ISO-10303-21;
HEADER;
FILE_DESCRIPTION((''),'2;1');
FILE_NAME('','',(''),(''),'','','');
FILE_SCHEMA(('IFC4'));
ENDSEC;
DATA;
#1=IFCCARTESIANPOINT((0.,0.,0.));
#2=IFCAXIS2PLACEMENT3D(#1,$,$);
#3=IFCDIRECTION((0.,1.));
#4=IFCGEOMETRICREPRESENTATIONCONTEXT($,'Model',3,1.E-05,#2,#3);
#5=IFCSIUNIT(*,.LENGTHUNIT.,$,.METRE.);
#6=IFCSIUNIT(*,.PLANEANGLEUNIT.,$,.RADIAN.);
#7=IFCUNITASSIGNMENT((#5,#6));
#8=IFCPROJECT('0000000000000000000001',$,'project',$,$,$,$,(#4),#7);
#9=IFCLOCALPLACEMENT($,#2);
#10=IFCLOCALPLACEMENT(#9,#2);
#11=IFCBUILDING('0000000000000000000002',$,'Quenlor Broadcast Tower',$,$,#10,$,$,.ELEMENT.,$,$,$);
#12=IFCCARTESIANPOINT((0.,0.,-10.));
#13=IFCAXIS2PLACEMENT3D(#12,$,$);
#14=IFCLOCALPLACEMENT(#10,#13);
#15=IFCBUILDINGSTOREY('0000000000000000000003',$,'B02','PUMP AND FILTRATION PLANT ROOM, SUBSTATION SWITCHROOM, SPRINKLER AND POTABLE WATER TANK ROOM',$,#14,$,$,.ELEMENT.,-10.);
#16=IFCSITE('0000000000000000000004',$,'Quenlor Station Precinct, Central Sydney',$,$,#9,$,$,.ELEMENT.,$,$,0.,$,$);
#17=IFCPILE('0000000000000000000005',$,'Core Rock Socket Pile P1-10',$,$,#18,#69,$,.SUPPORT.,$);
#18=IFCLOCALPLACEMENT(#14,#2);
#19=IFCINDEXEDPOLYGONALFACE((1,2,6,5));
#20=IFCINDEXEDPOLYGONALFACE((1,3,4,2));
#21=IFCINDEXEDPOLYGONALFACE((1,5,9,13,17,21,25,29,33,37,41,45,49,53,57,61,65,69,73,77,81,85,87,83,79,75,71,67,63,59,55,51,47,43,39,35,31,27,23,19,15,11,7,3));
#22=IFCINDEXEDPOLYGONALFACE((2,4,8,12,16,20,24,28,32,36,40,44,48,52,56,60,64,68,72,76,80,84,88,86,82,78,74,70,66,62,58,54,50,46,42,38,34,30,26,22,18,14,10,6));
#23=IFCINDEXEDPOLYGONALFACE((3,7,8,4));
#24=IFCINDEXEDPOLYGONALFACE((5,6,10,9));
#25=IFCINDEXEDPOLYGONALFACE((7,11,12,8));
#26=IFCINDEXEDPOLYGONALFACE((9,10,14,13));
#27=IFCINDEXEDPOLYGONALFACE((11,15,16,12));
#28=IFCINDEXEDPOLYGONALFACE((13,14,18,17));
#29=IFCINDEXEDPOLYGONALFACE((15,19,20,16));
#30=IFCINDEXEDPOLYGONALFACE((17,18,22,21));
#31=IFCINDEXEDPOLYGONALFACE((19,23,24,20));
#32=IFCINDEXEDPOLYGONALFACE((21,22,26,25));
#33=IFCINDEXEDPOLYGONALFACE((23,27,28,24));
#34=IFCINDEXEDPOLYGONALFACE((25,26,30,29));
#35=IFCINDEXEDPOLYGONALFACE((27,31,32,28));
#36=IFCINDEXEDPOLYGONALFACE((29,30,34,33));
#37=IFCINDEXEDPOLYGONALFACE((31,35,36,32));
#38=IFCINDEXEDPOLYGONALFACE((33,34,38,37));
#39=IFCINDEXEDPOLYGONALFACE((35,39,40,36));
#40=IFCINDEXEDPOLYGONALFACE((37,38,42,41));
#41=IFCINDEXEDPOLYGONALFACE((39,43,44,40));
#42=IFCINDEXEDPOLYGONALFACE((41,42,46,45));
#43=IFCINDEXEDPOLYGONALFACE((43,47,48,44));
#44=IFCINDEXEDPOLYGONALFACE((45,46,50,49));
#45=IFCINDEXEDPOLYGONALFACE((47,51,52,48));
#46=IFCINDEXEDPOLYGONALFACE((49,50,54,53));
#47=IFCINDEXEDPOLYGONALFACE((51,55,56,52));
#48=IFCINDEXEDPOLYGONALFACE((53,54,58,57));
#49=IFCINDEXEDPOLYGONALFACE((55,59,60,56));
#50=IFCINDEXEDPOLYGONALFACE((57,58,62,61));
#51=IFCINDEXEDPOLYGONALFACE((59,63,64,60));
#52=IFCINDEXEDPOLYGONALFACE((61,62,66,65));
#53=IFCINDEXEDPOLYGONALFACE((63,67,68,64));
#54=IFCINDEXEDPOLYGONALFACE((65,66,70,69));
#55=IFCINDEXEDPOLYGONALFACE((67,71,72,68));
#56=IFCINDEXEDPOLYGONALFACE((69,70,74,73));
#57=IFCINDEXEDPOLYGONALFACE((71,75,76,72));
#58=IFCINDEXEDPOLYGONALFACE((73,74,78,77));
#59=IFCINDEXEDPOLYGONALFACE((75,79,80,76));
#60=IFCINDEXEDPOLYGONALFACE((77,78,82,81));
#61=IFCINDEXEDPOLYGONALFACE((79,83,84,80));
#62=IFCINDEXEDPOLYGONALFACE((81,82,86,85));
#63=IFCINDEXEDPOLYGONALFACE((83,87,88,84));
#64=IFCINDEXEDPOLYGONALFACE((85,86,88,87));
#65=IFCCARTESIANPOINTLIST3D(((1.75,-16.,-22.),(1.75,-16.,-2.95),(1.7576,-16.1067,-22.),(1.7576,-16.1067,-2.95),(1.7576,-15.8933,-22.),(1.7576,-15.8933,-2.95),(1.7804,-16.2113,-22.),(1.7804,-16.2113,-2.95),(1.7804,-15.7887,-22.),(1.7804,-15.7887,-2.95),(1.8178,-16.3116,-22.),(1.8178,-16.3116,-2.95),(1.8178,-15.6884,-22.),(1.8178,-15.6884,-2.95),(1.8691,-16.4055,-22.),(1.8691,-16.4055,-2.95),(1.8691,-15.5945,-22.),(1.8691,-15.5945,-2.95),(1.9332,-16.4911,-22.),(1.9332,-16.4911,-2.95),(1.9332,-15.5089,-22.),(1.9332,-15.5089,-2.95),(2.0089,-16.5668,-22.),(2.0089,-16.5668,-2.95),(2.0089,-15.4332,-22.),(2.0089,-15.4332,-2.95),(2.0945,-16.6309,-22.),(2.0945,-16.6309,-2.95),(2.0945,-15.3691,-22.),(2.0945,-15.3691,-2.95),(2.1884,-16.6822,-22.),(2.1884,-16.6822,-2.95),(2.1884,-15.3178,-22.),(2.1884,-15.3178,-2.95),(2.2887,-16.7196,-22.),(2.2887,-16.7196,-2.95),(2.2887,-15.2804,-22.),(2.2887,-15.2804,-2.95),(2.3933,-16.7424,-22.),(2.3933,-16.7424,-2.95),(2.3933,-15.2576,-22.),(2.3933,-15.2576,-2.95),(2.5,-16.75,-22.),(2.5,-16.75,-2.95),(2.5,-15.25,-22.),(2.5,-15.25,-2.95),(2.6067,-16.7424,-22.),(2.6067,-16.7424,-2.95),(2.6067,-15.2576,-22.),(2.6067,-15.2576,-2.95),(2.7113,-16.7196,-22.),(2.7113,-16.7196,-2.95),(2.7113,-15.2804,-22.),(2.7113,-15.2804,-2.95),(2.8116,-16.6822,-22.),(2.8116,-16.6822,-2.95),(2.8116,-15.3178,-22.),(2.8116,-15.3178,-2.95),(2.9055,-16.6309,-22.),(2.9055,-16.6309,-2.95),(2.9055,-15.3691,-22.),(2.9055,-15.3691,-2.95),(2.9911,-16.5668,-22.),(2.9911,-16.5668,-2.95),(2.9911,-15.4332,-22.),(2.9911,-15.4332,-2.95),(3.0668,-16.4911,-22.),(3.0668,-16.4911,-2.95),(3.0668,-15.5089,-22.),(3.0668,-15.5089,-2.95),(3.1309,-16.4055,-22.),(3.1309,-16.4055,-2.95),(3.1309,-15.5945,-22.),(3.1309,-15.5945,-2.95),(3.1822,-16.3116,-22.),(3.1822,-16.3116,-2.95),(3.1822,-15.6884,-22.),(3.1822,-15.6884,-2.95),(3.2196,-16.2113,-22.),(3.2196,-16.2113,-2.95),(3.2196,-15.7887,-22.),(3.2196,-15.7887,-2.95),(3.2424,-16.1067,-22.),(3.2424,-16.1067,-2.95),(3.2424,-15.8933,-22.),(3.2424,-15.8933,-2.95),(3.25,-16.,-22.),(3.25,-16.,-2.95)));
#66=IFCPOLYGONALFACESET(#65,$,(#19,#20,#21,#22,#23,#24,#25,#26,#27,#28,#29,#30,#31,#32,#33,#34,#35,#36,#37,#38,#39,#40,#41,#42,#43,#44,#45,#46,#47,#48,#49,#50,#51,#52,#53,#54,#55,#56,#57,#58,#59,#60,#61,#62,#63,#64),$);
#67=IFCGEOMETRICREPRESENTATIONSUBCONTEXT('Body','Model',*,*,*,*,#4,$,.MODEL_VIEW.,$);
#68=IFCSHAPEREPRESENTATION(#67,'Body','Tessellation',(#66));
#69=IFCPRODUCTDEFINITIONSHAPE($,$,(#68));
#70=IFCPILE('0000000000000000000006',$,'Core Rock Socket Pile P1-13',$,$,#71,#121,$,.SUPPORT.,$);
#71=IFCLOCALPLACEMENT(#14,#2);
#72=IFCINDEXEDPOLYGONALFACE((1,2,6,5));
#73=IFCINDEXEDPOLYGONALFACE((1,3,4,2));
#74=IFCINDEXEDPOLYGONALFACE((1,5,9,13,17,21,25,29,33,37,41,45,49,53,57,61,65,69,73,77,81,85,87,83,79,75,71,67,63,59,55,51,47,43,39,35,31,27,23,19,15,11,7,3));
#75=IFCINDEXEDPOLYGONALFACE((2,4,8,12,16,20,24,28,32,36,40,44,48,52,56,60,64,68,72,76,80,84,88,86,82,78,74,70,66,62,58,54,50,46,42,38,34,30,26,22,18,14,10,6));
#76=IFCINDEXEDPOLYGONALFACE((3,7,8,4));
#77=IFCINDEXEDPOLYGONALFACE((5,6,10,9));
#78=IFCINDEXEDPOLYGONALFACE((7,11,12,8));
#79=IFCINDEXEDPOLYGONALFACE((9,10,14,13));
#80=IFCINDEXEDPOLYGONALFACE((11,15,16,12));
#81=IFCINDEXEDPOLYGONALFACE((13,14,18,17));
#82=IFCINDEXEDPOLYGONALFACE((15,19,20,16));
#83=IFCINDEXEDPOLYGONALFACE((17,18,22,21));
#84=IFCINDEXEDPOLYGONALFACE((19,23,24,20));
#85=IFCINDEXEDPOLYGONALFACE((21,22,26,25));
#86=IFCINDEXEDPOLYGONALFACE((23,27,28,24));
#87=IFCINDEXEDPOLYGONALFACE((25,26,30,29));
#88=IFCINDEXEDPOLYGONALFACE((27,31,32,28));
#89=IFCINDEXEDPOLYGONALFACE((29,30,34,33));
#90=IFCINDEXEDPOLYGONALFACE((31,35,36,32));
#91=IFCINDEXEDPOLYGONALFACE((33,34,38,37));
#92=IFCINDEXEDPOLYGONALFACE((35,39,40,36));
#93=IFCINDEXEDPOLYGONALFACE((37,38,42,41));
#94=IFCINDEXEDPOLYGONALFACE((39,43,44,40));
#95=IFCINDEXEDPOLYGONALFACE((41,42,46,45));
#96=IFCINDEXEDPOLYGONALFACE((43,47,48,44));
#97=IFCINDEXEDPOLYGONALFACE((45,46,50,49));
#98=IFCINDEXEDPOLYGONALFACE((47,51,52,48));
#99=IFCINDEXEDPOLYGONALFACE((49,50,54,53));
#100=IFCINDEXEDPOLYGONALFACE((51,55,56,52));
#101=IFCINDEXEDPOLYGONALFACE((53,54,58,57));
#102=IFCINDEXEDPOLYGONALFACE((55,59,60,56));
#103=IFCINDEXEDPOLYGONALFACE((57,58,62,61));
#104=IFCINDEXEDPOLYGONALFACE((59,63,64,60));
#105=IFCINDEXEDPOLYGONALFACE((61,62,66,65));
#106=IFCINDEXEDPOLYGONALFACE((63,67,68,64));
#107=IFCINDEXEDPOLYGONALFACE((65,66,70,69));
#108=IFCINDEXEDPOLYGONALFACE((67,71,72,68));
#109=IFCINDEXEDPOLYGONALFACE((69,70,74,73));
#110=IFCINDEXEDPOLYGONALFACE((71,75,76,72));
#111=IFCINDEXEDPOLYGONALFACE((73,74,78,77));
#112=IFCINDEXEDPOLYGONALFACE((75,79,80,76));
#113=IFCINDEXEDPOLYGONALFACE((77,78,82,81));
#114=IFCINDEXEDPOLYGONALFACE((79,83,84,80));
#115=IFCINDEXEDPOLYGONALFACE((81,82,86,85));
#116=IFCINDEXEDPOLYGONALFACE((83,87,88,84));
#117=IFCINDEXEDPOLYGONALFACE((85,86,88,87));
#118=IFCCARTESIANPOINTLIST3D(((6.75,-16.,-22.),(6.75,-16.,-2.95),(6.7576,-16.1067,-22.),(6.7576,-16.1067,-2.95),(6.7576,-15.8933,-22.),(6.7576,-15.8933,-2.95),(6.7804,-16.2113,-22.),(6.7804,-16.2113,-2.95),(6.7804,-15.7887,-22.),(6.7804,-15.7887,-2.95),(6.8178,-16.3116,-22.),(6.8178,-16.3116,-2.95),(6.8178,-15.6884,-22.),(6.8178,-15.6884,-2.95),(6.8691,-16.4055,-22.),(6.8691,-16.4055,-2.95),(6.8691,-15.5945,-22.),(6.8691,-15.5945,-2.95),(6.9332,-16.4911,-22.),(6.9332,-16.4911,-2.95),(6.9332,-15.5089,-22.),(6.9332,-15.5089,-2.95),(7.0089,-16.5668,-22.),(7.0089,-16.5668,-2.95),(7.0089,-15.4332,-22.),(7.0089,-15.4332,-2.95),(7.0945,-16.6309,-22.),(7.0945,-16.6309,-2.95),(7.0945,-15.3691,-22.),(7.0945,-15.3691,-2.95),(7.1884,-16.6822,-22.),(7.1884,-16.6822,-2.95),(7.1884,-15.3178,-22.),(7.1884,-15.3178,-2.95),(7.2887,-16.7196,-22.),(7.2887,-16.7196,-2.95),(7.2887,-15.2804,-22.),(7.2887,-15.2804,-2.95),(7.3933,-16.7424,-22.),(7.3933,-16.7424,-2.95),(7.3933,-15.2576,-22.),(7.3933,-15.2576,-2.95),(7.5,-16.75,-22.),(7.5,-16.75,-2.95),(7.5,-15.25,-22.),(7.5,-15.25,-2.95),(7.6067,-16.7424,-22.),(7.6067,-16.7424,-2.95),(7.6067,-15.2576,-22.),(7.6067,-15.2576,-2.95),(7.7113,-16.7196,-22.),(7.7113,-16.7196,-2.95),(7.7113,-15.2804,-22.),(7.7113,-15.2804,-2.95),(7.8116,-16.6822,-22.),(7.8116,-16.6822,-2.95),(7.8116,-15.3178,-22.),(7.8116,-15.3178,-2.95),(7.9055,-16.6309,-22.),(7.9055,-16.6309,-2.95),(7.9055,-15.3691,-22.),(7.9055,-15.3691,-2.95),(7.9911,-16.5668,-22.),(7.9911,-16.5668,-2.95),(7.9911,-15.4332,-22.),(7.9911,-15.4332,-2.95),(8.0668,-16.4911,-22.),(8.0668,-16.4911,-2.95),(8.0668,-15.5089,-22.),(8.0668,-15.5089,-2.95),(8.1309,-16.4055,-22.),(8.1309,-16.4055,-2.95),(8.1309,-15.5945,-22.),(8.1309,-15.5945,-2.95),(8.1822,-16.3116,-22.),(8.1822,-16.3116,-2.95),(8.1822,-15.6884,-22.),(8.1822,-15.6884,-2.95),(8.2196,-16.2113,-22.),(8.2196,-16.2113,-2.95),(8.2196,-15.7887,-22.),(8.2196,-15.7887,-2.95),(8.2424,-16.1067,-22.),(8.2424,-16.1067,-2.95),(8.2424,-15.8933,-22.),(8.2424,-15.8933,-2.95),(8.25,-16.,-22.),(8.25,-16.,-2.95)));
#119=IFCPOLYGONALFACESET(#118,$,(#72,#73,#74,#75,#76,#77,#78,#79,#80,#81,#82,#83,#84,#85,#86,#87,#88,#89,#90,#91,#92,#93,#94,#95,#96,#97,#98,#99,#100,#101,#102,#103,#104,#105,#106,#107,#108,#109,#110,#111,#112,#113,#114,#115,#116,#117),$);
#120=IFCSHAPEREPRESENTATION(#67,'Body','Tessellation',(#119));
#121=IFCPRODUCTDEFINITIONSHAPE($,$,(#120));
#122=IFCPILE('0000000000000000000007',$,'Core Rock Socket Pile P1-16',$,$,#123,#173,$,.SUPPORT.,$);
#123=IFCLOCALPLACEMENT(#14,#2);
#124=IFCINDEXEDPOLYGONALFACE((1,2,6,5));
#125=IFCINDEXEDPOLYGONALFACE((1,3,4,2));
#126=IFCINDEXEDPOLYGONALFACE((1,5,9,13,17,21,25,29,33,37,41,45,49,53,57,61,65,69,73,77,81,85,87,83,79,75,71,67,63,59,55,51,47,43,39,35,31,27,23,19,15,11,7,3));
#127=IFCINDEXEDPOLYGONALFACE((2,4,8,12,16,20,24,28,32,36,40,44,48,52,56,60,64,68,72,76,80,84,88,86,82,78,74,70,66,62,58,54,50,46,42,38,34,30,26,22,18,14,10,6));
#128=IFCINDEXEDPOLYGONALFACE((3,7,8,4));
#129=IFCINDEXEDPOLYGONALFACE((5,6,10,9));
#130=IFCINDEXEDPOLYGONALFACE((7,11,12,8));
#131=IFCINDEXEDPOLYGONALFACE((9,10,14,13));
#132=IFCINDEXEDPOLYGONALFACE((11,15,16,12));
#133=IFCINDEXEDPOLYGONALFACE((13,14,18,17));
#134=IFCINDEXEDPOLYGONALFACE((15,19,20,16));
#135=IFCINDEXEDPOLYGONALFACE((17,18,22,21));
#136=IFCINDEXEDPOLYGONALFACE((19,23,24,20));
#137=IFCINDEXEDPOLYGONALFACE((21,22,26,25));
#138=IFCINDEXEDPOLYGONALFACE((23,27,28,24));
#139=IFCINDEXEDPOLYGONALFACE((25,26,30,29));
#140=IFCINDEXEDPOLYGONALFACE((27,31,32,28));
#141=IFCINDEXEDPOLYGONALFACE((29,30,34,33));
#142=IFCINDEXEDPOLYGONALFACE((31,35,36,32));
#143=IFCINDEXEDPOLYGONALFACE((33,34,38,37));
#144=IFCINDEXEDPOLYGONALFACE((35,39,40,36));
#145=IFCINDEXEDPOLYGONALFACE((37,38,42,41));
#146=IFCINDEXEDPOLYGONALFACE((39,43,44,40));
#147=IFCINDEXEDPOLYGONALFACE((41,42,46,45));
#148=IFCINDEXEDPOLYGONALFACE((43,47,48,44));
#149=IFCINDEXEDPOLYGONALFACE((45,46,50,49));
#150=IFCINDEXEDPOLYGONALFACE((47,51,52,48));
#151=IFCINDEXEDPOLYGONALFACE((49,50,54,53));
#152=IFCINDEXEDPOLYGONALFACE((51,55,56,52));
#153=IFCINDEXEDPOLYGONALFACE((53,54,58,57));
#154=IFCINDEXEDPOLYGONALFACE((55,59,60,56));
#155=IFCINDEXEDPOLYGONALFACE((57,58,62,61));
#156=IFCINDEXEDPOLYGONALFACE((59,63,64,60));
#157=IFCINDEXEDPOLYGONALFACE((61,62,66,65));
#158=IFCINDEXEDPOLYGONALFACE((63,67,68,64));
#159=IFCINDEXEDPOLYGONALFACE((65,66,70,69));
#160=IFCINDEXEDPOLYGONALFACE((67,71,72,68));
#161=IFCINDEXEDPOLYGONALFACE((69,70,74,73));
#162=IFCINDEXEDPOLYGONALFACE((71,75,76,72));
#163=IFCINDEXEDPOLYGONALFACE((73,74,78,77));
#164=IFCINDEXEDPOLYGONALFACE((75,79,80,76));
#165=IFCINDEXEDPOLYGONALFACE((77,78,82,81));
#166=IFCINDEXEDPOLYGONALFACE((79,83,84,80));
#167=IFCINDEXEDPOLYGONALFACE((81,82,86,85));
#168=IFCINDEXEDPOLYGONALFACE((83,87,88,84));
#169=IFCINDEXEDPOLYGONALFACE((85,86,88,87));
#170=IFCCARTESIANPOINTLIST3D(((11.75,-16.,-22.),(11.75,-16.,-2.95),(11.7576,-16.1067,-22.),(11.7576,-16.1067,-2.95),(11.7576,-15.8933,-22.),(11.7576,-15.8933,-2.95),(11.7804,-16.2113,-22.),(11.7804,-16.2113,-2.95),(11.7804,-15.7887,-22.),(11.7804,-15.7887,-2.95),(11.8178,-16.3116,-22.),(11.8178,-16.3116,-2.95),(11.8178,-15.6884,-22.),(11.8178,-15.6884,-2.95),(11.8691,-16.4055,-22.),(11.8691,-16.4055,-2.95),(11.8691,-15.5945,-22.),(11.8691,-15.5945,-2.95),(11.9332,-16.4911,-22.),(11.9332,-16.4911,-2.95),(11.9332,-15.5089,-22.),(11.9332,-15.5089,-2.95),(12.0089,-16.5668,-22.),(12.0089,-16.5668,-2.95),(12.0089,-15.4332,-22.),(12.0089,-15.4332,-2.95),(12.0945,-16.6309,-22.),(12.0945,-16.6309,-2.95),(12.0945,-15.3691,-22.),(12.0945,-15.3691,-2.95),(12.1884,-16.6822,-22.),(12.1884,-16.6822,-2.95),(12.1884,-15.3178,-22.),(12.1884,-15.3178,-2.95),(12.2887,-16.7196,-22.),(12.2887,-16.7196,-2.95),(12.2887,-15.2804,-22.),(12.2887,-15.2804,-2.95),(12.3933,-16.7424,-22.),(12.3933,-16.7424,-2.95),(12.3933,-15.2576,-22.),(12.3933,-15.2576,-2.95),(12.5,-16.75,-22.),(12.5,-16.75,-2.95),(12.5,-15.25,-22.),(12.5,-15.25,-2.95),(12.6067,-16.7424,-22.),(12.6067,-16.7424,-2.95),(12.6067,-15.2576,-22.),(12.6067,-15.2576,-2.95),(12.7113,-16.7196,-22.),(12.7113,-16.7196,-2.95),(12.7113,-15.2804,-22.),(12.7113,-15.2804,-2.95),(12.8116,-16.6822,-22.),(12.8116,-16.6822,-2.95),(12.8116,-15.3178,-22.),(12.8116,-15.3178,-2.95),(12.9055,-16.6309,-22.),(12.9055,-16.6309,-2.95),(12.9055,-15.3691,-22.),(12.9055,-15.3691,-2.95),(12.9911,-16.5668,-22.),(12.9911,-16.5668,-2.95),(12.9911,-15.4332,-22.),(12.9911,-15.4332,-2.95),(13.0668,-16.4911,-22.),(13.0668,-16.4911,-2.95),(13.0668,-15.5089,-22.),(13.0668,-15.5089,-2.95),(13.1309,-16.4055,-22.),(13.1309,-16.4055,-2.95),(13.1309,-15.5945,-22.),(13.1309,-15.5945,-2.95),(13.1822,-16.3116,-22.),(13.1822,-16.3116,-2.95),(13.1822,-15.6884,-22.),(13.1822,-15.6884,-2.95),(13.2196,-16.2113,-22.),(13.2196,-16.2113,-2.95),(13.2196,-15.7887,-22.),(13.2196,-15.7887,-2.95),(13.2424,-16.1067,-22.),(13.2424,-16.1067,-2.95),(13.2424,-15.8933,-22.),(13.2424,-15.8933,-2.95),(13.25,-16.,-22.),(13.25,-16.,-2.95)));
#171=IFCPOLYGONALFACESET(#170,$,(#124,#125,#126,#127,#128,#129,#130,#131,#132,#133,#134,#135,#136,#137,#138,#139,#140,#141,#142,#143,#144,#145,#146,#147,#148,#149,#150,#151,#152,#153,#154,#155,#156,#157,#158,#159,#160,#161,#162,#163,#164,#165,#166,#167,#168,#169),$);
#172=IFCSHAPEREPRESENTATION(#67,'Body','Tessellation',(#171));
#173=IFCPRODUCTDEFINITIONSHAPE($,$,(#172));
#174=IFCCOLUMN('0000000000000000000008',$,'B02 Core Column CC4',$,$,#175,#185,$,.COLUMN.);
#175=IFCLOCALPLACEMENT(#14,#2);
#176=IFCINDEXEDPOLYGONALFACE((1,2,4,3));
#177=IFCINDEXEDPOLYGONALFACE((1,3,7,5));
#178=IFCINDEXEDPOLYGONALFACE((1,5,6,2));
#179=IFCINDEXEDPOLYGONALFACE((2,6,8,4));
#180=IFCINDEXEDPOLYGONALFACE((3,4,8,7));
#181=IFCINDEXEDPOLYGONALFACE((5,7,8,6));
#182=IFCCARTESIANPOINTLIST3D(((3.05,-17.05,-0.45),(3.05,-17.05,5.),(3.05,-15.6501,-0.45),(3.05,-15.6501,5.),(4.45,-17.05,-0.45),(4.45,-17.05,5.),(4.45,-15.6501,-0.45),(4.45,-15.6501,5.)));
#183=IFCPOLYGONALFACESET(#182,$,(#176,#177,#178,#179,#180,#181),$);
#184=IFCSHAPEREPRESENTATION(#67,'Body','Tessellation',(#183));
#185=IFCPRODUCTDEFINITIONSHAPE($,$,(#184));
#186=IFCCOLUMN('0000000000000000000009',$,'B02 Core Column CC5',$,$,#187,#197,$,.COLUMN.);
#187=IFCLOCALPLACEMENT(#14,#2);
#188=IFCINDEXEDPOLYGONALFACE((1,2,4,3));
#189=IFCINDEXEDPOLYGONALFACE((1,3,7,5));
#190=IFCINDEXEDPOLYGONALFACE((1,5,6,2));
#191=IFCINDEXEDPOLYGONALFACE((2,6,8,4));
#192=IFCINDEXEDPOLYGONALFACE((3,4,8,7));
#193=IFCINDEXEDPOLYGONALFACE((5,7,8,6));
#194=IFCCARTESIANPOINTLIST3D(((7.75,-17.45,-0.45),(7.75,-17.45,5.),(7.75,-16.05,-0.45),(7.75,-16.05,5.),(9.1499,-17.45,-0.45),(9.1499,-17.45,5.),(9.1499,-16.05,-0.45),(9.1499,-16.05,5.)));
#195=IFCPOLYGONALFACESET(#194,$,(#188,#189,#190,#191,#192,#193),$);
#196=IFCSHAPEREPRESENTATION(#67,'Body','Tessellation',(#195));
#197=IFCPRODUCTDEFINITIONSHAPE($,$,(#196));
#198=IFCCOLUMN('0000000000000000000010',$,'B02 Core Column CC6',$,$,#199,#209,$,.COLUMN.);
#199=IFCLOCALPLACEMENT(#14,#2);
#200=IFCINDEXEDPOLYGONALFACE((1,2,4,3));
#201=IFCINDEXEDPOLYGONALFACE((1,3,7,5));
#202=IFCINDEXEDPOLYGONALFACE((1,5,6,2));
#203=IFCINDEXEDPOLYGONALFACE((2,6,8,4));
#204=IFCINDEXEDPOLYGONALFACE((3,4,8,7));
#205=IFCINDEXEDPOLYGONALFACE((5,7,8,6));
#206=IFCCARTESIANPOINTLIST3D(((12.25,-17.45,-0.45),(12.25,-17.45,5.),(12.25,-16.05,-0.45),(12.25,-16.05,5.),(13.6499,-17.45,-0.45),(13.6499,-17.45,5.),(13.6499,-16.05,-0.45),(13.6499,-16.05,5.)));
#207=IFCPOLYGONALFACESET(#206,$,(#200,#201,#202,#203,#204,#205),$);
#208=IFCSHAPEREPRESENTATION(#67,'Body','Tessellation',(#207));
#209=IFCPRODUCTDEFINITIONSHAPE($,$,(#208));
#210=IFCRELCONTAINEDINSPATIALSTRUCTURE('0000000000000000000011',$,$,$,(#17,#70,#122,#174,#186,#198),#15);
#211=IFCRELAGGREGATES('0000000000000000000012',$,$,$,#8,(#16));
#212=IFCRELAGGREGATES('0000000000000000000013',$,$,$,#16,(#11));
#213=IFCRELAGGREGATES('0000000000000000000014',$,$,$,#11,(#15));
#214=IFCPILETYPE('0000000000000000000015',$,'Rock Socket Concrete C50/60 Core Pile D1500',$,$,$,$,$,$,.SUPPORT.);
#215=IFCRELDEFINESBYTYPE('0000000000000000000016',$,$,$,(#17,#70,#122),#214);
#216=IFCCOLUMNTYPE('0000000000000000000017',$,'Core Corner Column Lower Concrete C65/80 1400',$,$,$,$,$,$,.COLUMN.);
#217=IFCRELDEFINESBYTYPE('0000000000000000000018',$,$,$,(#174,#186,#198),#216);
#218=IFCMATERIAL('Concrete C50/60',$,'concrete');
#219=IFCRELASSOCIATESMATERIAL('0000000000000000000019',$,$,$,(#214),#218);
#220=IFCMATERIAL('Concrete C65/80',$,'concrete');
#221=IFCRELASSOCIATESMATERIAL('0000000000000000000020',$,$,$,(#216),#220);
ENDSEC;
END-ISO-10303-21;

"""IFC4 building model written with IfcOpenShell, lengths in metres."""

from ifc_helpers import new_model, si_unit, direction, frame, origin, origin_2d, place, context, subcontext, project, spatial, rectangle, circle, extrude, material, material_profile, profile_set, type_object, element, save


model = new_model("IFC4")

# Units and contexts
model_context = context("Model", 3, precision=1e-05, world=origin(), true_north=direction((0.0, 1.0)))
body_context = subcontext(model_context, "Body", "Model", "MODEL_VIEW")
ifc_project = project(units=[si_unit("LENGTHUNIT", "METRE"), si_unit("PLANEANGLEUNIT", "RADIAN")], contexts=[model_context])

# Site, building, storey
site_placement = place(None, origin())
site = spatial("IfcSite", under=ifc_project, at=site_placement, Name="Quenlor Station Precinct, Central Sydney", CompositionType="ELEMENT", RefElevation=0.0)
building_placement = place(site_placement, origin())
building = spatial("IfcBuilding", under=site, at=building_placement, Name="Quenlor Broadcast Tower", CompositionType="ELEMENT")
storey_placement = place(building_placement, frame((0.0, 0.0, -10.0)))
storey = spatial("IfcBuildingStorey", under=building, at=storey_placement, Name="B02", Description="PUMP AND FILTRATION PLANT ROOM, SUBSTATION SWITCHROOM, SPRINKLER AND POTABLE WATER TANK ROOM", CompositionType="ELEMENT", Elevation=-10.0)

# Piles
ifc_material_1 = material(Name="Concrete C50/60", Category="concrete")
ifc_material_profile_1 = material_profile(ifc_material_1, circle(Radius=0.75, at=origin_2d()))
ifc_profile_set_1 = profile_set([ifc_material_profile_1], Name="Concrete C50/60 PILE1500")
pile_type_1 = type_object("IfcPileType", Name="Rock Socket Concrete C50/60 Core Pile D1500", PredefinedType="SUPPORT", material=ifc_profile_set_1)
for number, where, z_axis, x_axis, name in (
    (1, (2.5, -16.0, -2.95), (0.0, 0.0, -1.0), (1.0, 0.0, 0.0), "Core Rock Socket Pile P1-10"),
    (2, (7.5, -16.0, -2.95), (0.0, 0.0, -1.0), (1.0, 0.0, 0.0), "Core Rock Socket Pile P1-13"),
    (3, (12.5, -16.0, -2.95), (0.0, 0.0, -1.0), (1.0, 0.0, 0.0), "Core Rock Socket Pile P1-16"),
):
    element("IfcPile", number, at=place(storey_placement, frame(where, z_axis=z_axis, x_axis=x_axis)), inside=storey, type_object=pile_type_1, Name=name, PredefinedType="SUPPORT", context=body_context, shape_type="SweptSolid", body=[
        extrude(circle(Radius=0.75, at=origin_2d()), origin(), (0.0, 0.0, 1.0), 19.05),
    ])

# Columns
ifc_material_2 = material(Name="Concrete C65/80", Category="concrete")
ifc_material_profile_2 = material_profile(ifc_material_2, rectangle(XDim=1.3999, YDim=1.3999, at=origin_2d()))
ifc_profile_set_2 = profile_set([ifc_material_profile_2], Name="Concrete C65/80 RC1400x1400")
column_type_1 = type_object("IfcColumnType", Name="Core Corner Column Lower Concrete C65/80 1400", PredefinedType="COLUMN", material=ifc_profile_set_2)
for number, where, z_axis, x_axis, name in (
    (4, (3.75, -16.3501, -0.45), (0.0, 0.0, 1.0), (1.0, 0.0, 0.0), "B02 Core Column CC4"),
    (5, (8.45, -16.75, -0.45), (0.0, 0.0, 1.0), (1.0, 0.0, 0.0), "B02 Core Column CC5"),
    (6, (12.95, -16.75, -0.45), (0.0, 0.0, 1.0), (1.0, 0.0, 0.0), "B02 Core Column CC6"),
):
    element("IfcColumn", number, at=place(storey_placement, frame(where, z_axis=z_axis, x_axis=x_axis)), inside=storey, type_object=column_type_1, Name=name, PredefinedType="COLUMN", context=body_context, shape_type="SweptSolid", body=[
        extrude(rectangle(XDim=1.3999, YDim=1.3999, at=origin_2d()), origin(), (0.0, 0.0, 1.0), 5.45),
    ])

save(model, "model.ifc")
